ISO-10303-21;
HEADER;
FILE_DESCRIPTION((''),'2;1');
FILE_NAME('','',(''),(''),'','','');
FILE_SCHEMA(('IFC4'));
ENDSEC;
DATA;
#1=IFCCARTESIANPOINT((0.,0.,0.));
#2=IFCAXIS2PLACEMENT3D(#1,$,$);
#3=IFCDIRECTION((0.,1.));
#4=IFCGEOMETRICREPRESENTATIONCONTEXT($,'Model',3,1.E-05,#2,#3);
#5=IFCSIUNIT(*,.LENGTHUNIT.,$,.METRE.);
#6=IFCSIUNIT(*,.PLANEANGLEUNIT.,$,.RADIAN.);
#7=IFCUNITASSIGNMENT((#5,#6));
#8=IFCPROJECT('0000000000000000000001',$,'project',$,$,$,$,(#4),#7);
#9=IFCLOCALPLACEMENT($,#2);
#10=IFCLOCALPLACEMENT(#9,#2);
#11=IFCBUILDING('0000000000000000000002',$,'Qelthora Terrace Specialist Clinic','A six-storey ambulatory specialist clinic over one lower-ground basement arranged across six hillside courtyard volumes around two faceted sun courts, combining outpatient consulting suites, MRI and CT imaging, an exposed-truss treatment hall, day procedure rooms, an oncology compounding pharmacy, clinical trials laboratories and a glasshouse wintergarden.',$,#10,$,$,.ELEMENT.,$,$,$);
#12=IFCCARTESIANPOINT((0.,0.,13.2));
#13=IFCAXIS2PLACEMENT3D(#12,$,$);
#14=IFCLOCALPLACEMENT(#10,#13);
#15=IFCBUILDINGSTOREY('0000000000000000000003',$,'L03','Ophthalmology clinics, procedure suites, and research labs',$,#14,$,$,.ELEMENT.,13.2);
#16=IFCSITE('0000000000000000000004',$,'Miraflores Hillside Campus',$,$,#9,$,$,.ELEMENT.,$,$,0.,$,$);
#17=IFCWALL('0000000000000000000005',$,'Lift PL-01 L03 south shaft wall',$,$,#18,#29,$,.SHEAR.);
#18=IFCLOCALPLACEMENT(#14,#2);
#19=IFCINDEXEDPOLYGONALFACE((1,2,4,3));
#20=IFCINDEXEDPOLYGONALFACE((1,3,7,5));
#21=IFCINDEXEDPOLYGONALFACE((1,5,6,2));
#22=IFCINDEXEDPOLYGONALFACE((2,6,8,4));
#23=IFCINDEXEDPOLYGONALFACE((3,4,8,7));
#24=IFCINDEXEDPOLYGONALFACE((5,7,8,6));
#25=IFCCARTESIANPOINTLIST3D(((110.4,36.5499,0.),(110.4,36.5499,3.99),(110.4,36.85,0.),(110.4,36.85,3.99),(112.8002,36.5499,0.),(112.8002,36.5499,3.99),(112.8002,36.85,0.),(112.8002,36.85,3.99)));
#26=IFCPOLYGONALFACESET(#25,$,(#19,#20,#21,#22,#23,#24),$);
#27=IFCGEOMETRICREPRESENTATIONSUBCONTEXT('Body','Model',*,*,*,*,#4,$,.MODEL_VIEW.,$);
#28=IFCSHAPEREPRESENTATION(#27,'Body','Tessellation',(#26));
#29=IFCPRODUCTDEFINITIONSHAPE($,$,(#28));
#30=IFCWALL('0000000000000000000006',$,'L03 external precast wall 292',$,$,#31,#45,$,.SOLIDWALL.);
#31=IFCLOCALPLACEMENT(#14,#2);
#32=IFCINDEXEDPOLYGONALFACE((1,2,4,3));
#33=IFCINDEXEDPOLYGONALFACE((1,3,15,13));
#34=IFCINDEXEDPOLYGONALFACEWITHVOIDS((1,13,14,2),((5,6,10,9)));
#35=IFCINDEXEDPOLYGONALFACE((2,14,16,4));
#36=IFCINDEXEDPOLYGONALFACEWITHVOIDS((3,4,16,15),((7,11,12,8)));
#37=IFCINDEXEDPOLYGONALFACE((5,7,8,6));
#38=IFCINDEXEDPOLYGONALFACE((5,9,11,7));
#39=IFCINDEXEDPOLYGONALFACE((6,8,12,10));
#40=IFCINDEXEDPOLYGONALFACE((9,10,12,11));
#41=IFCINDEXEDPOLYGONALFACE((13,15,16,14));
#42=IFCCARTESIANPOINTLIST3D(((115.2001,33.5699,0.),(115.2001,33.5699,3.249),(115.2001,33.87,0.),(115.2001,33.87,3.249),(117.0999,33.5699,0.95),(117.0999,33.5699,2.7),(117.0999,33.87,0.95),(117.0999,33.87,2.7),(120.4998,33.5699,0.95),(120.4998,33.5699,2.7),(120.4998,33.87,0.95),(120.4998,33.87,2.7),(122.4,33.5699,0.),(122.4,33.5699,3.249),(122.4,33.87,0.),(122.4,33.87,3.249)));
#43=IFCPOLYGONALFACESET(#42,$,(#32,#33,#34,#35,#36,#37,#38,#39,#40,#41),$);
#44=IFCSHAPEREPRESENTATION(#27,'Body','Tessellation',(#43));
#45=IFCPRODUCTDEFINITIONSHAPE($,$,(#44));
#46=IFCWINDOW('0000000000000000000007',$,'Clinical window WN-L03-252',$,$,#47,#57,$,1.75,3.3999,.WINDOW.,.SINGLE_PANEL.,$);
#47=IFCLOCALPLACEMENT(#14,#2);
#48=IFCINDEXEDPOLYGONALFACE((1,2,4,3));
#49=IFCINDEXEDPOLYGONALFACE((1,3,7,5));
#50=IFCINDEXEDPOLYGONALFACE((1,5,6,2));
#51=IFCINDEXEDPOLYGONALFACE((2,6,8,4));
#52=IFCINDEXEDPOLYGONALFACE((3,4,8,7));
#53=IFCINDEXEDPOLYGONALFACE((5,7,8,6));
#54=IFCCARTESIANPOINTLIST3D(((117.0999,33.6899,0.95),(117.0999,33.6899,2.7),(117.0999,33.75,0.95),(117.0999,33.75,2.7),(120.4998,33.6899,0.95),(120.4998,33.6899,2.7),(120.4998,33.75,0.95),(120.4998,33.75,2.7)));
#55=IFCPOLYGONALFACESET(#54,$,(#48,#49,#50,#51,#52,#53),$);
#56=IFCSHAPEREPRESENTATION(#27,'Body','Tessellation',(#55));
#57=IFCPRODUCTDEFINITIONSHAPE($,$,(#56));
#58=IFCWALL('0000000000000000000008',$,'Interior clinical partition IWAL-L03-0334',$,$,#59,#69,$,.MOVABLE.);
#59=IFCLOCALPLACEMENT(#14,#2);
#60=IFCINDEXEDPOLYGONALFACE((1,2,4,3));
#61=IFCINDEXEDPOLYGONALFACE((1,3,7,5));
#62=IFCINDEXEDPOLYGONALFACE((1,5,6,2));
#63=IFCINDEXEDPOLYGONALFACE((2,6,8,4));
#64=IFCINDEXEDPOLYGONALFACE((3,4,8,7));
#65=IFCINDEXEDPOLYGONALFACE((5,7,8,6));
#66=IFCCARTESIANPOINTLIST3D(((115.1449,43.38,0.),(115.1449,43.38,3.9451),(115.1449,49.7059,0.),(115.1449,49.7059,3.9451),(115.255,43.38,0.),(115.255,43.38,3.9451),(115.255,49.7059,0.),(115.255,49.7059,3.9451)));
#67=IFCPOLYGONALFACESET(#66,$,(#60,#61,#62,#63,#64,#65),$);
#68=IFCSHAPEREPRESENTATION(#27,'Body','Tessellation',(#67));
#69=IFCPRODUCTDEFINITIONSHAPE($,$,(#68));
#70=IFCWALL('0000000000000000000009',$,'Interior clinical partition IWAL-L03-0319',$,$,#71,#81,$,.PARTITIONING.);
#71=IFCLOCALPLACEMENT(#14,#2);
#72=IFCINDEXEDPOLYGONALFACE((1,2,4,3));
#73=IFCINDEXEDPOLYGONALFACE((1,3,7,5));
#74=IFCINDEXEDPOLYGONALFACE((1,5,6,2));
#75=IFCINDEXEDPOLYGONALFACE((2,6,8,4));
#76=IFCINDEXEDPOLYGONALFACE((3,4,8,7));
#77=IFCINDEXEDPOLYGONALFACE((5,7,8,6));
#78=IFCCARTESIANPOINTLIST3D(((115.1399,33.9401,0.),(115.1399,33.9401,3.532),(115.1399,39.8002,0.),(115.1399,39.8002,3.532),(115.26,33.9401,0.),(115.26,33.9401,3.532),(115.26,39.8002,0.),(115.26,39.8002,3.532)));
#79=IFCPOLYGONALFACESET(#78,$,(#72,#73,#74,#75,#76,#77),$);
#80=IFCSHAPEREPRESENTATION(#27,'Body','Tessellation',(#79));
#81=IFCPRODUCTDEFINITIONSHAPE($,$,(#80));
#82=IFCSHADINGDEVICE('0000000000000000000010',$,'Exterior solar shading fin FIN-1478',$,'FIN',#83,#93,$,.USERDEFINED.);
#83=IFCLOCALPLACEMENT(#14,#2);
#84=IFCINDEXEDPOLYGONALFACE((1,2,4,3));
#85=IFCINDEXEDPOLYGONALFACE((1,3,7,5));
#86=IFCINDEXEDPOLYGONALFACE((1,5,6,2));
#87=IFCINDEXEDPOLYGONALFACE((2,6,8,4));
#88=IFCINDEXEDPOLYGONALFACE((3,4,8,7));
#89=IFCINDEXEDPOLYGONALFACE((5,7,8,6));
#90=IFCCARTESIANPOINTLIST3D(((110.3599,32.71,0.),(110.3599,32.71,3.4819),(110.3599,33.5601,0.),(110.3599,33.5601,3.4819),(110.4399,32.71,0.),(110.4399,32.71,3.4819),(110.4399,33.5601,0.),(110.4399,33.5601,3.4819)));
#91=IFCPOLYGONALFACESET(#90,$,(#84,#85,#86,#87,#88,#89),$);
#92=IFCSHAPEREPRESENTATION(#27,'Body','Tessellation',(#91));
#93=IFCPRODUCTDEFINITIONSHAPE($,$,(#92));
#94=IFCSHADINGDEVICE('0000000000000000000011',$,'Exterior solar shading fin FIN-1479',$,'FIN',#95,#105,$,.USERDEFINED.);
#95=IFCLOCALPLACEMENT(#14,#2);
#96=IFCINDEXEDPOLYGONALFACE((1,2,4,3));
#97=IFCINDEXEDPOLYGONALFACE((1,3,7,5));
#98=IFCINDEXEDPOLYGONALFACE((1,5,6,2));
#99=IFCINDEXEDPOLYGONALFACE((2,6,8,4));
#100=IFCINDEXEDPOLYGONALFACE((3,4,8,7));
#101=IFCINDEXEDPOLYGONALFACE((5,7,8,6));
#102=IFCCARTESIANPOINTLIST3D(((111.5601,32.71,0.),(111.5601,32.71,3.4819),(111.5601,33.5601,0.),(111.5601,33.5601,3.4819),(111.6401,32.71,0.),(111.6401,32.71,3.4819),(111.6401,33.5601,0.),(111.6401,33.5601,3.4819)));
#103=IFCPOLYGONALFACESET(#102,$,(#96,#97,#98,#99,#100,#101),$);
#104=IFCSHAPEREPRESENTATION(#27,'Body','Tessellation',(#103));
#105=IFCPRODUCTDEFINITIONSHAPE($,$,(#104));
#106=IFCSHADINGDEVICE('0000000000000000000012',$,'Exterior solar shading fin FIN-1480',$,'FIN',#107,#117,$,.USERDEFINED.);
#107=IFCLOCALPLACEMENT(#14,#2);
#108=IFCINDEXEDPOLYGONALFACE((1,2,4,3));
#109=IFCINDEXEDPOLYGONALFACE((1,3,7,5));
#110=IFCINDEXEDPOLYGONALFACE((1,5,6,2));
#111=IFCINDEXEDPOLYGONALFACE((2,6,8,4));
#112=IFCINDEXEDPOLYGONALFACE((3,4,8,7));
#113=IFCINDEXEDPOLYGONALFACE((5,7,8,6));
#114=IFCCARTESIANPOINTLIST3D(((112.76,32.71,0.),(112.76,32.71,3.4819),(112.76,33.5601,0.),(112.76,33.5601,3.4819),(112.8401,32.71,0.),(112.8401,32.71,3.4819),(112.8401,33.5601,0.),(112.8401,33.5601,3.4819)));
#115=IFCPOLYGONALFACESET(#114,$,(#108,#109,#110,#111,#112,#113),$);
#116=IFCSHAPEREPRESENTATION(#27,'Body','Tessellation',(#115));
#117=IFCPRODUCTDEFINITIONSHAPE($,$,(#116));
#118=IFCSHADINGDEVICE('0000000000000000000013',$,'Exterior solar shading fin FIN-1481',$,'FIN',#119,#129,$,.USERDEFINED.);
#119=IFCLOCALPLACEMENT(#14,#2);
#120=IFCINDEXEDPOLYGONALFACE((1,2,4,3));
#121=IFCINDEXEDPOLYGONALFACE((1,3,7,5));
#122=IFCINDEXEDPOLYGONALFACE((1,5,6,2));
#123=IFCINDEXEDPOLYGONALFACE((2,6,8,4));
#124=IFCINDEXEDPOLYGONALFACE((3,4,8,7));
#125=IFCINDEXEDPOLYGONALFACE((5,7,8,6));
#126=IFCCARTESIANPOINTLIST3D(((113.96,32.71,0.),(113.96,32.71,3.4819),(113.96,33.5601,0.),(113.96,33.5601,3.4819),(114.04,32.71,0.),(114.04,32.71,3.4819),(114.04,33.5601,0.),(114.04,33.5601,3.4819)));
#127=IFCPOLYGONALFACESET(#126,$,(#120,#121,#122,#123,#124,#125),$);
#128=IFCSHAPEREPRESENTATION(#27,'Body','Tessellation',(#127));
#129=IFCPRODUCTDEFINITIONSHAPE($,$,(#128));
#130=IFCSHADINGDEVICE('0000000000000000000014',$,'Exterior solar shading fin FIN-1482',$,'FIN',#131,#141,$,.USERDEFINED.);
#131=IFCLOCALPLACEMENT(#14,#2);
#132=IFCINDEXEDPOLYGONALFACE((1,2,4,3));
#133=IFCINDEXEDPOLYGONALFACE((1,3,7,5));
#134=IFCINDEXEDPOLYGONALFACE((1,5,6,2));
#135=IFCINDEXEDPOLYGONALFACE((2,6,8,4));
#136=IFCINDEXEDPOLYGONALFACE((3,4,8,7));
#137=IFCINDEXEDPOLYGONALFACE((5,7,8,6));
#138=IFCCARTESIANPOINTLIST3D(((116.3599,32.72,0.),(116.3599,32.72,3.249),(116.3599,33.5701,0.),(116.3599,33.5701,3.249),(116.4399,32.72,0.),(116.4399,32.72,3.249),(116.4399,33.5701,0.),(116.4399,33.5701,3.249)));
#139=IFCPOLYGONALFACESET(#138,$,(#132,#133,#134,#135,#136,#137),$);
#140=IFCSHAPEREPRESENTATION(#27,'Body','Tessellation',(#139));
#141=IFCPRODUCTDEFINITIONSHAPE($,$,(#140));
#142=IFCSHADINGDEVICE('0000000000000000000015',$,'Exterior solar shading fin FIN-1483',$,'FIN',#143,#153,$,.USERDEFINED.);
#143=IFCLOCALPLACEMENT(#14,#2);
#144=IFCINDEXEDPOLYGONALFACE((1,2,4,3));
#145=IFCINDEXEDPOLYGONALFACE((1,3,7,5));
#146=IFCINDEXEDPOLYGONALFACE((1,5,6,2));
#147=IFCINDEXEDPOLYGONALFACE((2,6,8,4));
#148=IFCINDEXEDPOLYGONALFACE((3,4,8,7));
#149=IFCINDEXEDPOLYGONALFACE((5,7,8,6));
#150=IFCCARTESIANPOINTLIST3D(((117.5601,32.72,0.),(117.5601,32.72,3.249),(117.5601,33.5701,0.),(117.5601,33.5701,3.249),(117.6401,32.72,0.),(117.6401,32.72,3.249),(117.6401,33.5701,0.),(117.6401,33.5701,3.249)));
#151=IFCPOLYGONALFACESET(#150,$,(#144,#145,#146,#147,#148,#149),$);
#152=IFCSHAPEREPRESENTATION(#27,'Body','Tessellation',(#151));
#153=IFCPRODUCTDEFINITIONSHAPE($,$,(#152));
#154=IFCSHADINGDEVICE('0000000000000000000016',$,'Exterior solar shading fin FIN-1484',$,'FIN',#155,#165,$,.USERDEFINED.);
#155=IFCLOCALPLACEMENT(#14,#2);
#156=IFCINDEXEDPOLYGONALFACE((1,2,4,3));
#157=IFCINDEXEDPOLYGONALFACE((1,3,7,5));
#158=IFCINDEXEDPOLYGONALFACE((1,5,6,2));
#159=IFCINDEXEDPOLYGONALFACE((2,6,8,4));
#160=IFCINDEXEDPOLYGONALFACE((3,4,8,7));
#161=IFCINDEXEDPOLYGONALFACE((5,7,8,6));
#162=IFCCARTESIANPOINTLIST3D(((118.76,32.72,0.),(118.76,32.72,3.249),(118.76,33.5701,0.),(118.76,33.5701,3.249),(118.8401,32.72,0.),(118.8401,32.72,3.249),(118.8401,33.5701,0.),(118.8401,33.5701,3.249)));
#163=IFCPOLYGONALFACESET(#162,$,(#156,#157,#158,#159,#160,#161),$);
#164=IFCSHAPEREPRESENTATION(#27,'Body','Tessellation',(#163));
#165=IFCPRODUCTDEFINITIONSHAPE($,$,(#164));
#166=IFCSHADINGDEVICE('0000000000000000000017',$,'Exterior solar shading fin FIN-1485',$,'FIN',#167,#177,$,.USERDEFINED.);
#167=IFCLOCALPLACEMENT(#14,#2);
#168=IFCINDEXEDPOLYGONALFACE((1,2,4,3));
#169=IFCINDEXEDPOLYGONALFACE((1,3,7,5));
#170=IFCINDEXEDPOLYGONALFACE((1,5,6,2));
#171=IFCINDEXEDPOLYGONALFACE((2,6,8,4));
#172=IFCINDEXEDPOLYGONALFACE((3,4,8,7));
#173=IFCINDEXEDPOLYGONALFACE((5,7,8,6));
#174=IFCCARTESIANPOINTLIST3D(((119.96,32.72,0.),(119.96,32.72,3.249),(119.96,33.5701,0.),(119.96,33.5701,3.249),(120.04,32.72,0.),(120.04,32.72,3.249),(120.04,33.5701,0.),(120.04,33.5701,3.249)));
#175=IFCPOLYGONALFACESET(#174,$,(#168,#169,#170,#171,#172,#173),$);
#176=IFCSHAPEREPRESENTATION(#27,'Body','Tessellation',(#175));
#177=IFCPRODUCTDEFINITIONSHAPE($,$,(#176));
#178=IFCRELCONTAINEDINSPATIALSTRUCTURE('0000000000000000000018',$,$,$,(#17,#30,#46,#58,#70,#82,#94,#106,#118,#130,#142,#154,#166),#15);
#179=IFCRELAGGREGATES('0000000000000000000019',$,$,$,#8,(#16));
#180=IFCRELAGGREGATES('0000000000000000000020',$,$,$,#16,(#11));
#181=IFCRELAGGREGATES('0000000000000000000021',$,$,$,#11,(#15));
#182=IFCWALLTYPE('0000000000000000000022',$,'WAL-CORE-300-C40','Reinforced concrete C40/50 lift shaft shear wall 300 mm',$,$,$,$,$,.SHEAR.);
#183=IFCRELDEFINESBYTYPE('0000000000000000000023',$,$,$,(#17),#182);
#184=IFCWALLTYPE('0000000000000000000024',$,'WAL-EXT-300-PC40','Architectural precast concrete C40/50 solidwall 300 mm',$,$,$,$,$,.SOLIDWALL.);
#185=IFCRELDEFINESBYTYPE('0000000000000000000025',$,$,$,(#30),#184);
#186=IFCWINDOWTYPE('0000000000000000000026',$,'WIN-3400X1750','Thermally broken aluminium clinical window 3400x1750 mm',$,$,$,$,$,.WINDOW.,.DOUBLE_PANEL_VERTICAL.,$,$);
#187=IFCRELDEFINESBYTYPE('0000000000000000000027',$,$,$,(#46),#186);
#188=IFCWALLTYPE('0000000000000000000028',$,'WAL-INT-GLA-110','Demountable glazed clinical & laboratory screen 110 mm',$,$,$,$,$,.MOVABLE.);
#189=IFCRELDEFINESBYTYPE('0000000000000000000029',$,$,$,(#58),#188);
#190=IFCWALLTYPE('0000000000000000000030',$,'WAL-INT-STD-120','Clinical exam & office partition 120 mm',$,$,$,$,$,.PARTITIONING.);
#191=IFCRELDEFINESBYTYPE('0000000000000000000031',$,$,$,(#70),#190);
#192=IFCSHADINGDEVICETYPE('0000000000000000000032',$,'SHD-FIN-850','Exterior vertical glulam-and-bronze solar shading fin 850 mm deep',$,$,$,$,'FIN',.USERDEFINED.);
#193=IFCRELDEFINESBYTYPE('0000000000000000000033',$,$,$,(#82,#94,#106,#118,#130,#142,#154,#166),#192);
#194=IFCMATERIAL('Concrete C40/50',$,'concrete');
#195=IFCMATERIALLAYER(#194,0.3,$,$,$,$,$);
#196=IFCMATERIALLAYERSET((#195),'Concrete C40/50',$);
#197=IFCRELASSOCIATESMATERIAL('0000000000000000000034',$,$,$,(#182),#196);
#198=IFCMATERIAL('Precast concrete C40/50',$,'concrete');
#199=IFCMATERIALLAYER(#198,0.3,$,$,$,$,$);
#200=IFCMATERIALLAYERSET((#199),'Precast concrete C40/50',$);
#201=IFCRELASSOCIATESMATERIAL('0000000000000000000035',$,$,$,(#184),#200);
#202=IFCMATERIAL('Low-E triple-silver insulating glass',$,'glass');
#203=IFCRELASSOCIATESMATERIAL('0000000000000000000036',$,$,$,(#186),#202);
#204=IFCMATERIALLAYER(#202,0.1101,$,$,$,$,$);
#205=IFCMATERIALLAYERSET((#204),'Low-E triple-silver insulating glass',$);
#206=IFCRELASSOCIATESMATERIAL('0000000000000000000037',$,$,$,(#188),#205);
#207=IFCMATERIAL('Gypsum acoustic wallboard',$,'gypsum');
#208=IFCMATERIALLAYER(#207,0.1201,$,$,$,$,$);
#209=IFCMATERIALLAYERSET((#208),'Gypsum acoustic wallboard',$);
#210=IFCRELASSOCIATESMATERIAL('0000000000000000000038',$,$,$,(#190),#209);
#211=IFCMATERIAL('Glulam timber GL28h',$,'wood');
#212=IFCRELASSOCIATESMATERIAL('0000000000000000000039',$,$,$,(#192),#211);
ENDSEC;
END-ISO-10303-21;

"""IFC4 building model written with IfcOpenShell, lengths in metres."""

from ifc_helpers import new_model, si_unit, direction, frame, frame_2d, origin, origin_2d, place, context, subcontext, project, spatial, rectangle, extrude, material, layer, layer_set, type_object, element, fill, save


model = new_model("IFC4")

# Units and contexts
model_context = context("Model", 3, precision=1e-05, world=origin(), true_north=direction((0.0, 1.0)))
body_context = subcontext(model_context, "Body", "Model", "MODEL_VIEW")
ifc_project = project(units=[si_unit("LENGTHUNIT", "METRE"), si_unit("PLANEANGLEUNIT", "RADIAN")], contexts=[model_context])

# Site, building, storey
site_placement = place(None, origin())
site = spatial("IfcSite", under=ifc_project, at=site_placement, Name="Miraflores Hillside Campus", CompositionType="ELEMENT", RefElevation=0.0)
building_placement = place(site_placement, origin())
building = spatial("IfcBuilding", under=site, at=building_placement, Name="Qelthora Terrace Specialist Clinic", Description="A six-storey ambulatory specialist clinic over one lower-ground basement arranged across six hillside courtyard volumes around two faceted sun courts, combining outpatient consulting suites, MRI and CT imaging, an exposed-truss treatment hall, day procedure rooms, an oncology compounding pharmacy, clinical trials laboratories and a glasshouse wintergarden.", CompositionType="ELEMENT")
storey_placement = place(building_placement, frame((0.0, 0.0, 13.2)))
storey = spatial("IfcBuildingStorey", under=building, at=storey_placement, Name="L03", Description="Ophthalmology clinics, procedure suites, and research labs", CompositionType="ELEMENT", Elevation=13.2)

# Shared definitions
ifc_material_1 = material(Name="Low-E triple-silver insulating glass", Category="glass")

# Shared definitions
ifc_material_2 = material(Name="Concrete C40/50", Category="concrete")
ifc_layer_1 = layer(ifc_material_2, 0.3)
ifc_layer_set_1 = layer_set([ifc_layer_1], Name="Concrete C40/50")
wall_type_1 = type_object("IfcWallType", Name="WAL-CORE-300-C40", Description="Reinforced concrete C40/50 lift shaft shear wall 300 mm", PredefinedType="SHEAR", material=ifc_layer_set_1)

# Wall
wall_1_placement = place(storey_placement, frame((110.3999, 36.7, 0.0), z_axis=(0.0, 0.0, 1.0), x_axis=(1.0, 0.0, 0.0)))
element("IfcWall", 1, at=wall_1_placement, inside=storey, type_object=wall_type_1, Name="Lift PL-01 L03 south shaft wall", PredefinedType="SHEAR", context=body_context, shape_type="SweptSolid", body=[
    extrude(rectangle(XDim=2.4001, YDim=0.3, at=frame_2d((1.2002, 0.0))), origin(), (0.0, 0.0, 1.0), 3.99),
])

# Wall, opening, window
ifc_material_3 = material(Name="Precast concrete C40/50", Category="concrete")
ifc_layer_2 = layer(ifc_material_3, 0.3)
ifc_layer_set_2 = layer_set([ifc_layer_2], Name="Precast concrete C40/50")
wall_type_2 = type_object("IfcWallType", Name="WAL-EXT-300-PC40", Description="Architectural precast concrete C40/50 solidwall 300 mm", PredefinedType="SOLIDWALL", material=ifc_layer_set_2)
wall_2_placement = place(storey_placement, frame((115.2, 33.72, 0.0), z_axis=(0.0, 0.0, 1.0), x_axis=(1.0, 0.0, 0.0)))
wall_2 = element("IfcWall", 2, at=wall_2_placement, inside=storey, type_object=wall_type_2, Name="L03 external precast wall 292", PredefinedType="SOLIDWALL", context=body_context, shape_type="SweptSolid", body=[
    extrude(rectangle(XDim=7.2, YDim=0.3, at=frame_2d((3.6001, 0.0))), origin(), (0.0, 0.0, 1.0), 3.249),
])
opening_1_placement = place(wall_2_placement, frame((1.8999, 0.0, 0.95)))
opening_1 = element("IfcOpeningElement", 3, at=opening_1_placement, cuts=wall_2, PredefinedType="OPENING", context=body_context, shape_type="SweptSolid", body=[
    extrude(rectangle(XDim=3.3999, YDim=1.75, at=frame_2d((1.7, 0.875))), frame((0.0, 0.1599, 0.0), z_axis=(0.0, -1.0, 0.0), x_axis=(1.0, 0.0, 0.0)), (0.0, 0.0, 1.0), 0.3201),
])
window_type = type_object("IfcWindowType", Name="WIN-3400X1750", Description="Thermally broken aluminium clinical window 3400x1750 mm", PartitioningType="DOUBLE_PANEL_VERTICAL", PredefinedType="WINDOW", material=ifc_material_1)
window_placement = place(opening_1_placement, origin())
window = element("IfcWindow", 4, at=window_placement, inside=storey, type_object=window_type, Name="Clinical window WN-L03-252", OverallHeight=1.75, OverallWidth=3.3999, PartitioningType="SINGLE_PANEL", PredefinedType="WINDOW", context=body_context, shape_type="SweptSolid", body=[
    extrude(rectangle(XDim=3.3999, YDim=1.75, at=frame_2d((1.7, 0.875))), frame((0.0, 0.03, 0.0), z_axis=(0.0, -1.0, 0.0), x_axis=(1.0, 0.0, 0.0)), (0.0, 0.0, 1.0), 0.0601),
])
fill(opening_1, window)

# Walls
ifc_layer_3 = layer(ifc_material_1, 0.1101)
ifc_layer_set_3 = layer_set([ifc_layer_3], Name="Low-E triple-silver insulating glass")
wall_type_3 = type_object("IfcWallType", Name="WAL-INT-GLA-110", Description="Demountable glazed clinical & laboratory screen 110 mm", PredefinedType="MOVABLE", material=ifc_layer_set_3)
wall_3_placement = place(storey_placement, frame((115.2, 43.3799, 0.0), z_axis=(0.0, 0.0, 1.0), x_axis=(0.0, 1.0, 0.0)))
element("IfcWall", 5, at=wall_3_placement, inside=storey, type_object=wall_type_3, Name="Interior clinical partition IWAL-L03-0334", PredefinedType="MOVABLE", context=body_context, shape_type="SweptSolid", body=[
    extrude(rectangle(XDim=6.3259, YDim=0.1101, at=frame_2d((3.1631, 0.0))), origin(), (0.0, 0.0, 1.0), 3.9451),
])
ifc_material_4 = material(Name="Gypsum acoustic wallboard", Category="gypsum")
ifc_layer_4 = layer(ifc_material_4, 0.1201)
ifc_layer_set_4 = layer_set([ifc_layer_4], Name="Gypsum acoustic wallboard")
wall_type_4 = type_object("IfcWallType", Name="WAL-INT-STD-120", Description="Clinical exam & office partition 120 mm", PredefinedType="PARTITIONING", material=ifc_layer_set_4)
wall_4_placement = place(storey_placement, frame((115.2, 33.9399, 0.0), z_axis=(0.0, 0.0, 1.0), x_axis=(0.0, 1.0, 0.0)))
element("IfcWall", 6, at=wall_4_placement, inside=storey, type_object=wall_type_4, Name="Interior clinical partition IWAL-L03-0319", PredefinedType="PARTITIONING", context=body_context, shape_type="SweptSolid", body=[
    extrude(rectangle(XDim=5.8601, YDim=0.1201, at=frame_2d((2.9302, 0.0))), origin(), (0.0, 0.0, 1.0), 3.532),
])

# Shading devices
ifc_material_5 = material(Name="Glulam timber GL28h", Category="wood")
shading_device_type = type_object("IfcShadingDeviceType", Name="SHD-FIN-850", Description="Exterior vertical glulam-and-bronze solar shading fin 850 mm deep", ElementType="FIN", PredefinedType="USERDEFINED", material=ifc_material_5)
for number, where, z_axis, x_axis, name in (
    (7, (110.3999, 33.135, 0.0), (0.0, 0.0, 1.0), (0.0, -1.0, 0.0), "Exterior solar shading fin FIN-1478"),
    (8, (111.6001, 33.135, 0.0), (0.0, 0.0, 1.0), (0.0, -1.0, 0.0), "Exterior solar shading fin FIN-1479"),
    (9, (112.8, 33.135, 0.0), (0.0, 0.0, 1.0), (0.0, -1.0, 0.0), "Exterior solar shading fin FIN-1480"),
    (10, (114.0, 33.135, 0.0), (0.0, 0.0, 1.0), (0.0, -1.0, 0.0), "Exterior solar shading fin FIN-1481"),
):
    element("IfcShadingDevice", number, at=place(storey_placement, frame(where, z_axis=z_axis, x_axis=x_axis)), inside=storey, type_object=shading_device_type, Name=name, ObjectType="FIN", PredefinedType="USERDEFINED", context=body_context, shape_type="SweptSolid", body=[
        extrude(rectangle(XDim=0.8501, YDim=0.0801, at=origin_2d()), origin(), (0.0, 0.0, 1.0), 3.4819),
    ])
for number, where, z_axis, x_axis, name in (
    (11, (116.3999, 33.145, 0.0), (0.0, 0.0, 1.0), (0.0, -1.0, 0.0), "Exterior solar shading fin FIN-1482"),
    (12, (117.6001, 33.145, 0.0), (0.0, 0.0, 1.0), (0.0, -1.0, 0.0), "Exterior solar shading fin FIN-1483"),
    (13, (118.8, 33.145, 0.0), (0.0, 0.0, 1.0), (0.0, -1.0, 0.0), "Exterior solar shading fin FIN-1484"),
    (14, (120.0, 33.145, 0.0), (0.0, 0.0, 1.0), (0.0, -1.0, 0.0), "Exterior solar shading fin FIN-1485"),
):
    element("IfcShadingDevice", number, at=place(storey_placement, frame(where, z_axis=z_axis, x_axis=x_axis)), inside=storey, type_object=shading_device_type, Name=name, ObjectType="FIN", PredefinedType="USERDEFINED", context=body_context, shape_type="SweptSolid", body=[
        extrude(rectangle(XDim=0.8501, YDim=0.0801, at=origin_2d()), origin(), (0.0, 0.0, 1.0), 3.249),
    ])

save(model, "model.ifc")
